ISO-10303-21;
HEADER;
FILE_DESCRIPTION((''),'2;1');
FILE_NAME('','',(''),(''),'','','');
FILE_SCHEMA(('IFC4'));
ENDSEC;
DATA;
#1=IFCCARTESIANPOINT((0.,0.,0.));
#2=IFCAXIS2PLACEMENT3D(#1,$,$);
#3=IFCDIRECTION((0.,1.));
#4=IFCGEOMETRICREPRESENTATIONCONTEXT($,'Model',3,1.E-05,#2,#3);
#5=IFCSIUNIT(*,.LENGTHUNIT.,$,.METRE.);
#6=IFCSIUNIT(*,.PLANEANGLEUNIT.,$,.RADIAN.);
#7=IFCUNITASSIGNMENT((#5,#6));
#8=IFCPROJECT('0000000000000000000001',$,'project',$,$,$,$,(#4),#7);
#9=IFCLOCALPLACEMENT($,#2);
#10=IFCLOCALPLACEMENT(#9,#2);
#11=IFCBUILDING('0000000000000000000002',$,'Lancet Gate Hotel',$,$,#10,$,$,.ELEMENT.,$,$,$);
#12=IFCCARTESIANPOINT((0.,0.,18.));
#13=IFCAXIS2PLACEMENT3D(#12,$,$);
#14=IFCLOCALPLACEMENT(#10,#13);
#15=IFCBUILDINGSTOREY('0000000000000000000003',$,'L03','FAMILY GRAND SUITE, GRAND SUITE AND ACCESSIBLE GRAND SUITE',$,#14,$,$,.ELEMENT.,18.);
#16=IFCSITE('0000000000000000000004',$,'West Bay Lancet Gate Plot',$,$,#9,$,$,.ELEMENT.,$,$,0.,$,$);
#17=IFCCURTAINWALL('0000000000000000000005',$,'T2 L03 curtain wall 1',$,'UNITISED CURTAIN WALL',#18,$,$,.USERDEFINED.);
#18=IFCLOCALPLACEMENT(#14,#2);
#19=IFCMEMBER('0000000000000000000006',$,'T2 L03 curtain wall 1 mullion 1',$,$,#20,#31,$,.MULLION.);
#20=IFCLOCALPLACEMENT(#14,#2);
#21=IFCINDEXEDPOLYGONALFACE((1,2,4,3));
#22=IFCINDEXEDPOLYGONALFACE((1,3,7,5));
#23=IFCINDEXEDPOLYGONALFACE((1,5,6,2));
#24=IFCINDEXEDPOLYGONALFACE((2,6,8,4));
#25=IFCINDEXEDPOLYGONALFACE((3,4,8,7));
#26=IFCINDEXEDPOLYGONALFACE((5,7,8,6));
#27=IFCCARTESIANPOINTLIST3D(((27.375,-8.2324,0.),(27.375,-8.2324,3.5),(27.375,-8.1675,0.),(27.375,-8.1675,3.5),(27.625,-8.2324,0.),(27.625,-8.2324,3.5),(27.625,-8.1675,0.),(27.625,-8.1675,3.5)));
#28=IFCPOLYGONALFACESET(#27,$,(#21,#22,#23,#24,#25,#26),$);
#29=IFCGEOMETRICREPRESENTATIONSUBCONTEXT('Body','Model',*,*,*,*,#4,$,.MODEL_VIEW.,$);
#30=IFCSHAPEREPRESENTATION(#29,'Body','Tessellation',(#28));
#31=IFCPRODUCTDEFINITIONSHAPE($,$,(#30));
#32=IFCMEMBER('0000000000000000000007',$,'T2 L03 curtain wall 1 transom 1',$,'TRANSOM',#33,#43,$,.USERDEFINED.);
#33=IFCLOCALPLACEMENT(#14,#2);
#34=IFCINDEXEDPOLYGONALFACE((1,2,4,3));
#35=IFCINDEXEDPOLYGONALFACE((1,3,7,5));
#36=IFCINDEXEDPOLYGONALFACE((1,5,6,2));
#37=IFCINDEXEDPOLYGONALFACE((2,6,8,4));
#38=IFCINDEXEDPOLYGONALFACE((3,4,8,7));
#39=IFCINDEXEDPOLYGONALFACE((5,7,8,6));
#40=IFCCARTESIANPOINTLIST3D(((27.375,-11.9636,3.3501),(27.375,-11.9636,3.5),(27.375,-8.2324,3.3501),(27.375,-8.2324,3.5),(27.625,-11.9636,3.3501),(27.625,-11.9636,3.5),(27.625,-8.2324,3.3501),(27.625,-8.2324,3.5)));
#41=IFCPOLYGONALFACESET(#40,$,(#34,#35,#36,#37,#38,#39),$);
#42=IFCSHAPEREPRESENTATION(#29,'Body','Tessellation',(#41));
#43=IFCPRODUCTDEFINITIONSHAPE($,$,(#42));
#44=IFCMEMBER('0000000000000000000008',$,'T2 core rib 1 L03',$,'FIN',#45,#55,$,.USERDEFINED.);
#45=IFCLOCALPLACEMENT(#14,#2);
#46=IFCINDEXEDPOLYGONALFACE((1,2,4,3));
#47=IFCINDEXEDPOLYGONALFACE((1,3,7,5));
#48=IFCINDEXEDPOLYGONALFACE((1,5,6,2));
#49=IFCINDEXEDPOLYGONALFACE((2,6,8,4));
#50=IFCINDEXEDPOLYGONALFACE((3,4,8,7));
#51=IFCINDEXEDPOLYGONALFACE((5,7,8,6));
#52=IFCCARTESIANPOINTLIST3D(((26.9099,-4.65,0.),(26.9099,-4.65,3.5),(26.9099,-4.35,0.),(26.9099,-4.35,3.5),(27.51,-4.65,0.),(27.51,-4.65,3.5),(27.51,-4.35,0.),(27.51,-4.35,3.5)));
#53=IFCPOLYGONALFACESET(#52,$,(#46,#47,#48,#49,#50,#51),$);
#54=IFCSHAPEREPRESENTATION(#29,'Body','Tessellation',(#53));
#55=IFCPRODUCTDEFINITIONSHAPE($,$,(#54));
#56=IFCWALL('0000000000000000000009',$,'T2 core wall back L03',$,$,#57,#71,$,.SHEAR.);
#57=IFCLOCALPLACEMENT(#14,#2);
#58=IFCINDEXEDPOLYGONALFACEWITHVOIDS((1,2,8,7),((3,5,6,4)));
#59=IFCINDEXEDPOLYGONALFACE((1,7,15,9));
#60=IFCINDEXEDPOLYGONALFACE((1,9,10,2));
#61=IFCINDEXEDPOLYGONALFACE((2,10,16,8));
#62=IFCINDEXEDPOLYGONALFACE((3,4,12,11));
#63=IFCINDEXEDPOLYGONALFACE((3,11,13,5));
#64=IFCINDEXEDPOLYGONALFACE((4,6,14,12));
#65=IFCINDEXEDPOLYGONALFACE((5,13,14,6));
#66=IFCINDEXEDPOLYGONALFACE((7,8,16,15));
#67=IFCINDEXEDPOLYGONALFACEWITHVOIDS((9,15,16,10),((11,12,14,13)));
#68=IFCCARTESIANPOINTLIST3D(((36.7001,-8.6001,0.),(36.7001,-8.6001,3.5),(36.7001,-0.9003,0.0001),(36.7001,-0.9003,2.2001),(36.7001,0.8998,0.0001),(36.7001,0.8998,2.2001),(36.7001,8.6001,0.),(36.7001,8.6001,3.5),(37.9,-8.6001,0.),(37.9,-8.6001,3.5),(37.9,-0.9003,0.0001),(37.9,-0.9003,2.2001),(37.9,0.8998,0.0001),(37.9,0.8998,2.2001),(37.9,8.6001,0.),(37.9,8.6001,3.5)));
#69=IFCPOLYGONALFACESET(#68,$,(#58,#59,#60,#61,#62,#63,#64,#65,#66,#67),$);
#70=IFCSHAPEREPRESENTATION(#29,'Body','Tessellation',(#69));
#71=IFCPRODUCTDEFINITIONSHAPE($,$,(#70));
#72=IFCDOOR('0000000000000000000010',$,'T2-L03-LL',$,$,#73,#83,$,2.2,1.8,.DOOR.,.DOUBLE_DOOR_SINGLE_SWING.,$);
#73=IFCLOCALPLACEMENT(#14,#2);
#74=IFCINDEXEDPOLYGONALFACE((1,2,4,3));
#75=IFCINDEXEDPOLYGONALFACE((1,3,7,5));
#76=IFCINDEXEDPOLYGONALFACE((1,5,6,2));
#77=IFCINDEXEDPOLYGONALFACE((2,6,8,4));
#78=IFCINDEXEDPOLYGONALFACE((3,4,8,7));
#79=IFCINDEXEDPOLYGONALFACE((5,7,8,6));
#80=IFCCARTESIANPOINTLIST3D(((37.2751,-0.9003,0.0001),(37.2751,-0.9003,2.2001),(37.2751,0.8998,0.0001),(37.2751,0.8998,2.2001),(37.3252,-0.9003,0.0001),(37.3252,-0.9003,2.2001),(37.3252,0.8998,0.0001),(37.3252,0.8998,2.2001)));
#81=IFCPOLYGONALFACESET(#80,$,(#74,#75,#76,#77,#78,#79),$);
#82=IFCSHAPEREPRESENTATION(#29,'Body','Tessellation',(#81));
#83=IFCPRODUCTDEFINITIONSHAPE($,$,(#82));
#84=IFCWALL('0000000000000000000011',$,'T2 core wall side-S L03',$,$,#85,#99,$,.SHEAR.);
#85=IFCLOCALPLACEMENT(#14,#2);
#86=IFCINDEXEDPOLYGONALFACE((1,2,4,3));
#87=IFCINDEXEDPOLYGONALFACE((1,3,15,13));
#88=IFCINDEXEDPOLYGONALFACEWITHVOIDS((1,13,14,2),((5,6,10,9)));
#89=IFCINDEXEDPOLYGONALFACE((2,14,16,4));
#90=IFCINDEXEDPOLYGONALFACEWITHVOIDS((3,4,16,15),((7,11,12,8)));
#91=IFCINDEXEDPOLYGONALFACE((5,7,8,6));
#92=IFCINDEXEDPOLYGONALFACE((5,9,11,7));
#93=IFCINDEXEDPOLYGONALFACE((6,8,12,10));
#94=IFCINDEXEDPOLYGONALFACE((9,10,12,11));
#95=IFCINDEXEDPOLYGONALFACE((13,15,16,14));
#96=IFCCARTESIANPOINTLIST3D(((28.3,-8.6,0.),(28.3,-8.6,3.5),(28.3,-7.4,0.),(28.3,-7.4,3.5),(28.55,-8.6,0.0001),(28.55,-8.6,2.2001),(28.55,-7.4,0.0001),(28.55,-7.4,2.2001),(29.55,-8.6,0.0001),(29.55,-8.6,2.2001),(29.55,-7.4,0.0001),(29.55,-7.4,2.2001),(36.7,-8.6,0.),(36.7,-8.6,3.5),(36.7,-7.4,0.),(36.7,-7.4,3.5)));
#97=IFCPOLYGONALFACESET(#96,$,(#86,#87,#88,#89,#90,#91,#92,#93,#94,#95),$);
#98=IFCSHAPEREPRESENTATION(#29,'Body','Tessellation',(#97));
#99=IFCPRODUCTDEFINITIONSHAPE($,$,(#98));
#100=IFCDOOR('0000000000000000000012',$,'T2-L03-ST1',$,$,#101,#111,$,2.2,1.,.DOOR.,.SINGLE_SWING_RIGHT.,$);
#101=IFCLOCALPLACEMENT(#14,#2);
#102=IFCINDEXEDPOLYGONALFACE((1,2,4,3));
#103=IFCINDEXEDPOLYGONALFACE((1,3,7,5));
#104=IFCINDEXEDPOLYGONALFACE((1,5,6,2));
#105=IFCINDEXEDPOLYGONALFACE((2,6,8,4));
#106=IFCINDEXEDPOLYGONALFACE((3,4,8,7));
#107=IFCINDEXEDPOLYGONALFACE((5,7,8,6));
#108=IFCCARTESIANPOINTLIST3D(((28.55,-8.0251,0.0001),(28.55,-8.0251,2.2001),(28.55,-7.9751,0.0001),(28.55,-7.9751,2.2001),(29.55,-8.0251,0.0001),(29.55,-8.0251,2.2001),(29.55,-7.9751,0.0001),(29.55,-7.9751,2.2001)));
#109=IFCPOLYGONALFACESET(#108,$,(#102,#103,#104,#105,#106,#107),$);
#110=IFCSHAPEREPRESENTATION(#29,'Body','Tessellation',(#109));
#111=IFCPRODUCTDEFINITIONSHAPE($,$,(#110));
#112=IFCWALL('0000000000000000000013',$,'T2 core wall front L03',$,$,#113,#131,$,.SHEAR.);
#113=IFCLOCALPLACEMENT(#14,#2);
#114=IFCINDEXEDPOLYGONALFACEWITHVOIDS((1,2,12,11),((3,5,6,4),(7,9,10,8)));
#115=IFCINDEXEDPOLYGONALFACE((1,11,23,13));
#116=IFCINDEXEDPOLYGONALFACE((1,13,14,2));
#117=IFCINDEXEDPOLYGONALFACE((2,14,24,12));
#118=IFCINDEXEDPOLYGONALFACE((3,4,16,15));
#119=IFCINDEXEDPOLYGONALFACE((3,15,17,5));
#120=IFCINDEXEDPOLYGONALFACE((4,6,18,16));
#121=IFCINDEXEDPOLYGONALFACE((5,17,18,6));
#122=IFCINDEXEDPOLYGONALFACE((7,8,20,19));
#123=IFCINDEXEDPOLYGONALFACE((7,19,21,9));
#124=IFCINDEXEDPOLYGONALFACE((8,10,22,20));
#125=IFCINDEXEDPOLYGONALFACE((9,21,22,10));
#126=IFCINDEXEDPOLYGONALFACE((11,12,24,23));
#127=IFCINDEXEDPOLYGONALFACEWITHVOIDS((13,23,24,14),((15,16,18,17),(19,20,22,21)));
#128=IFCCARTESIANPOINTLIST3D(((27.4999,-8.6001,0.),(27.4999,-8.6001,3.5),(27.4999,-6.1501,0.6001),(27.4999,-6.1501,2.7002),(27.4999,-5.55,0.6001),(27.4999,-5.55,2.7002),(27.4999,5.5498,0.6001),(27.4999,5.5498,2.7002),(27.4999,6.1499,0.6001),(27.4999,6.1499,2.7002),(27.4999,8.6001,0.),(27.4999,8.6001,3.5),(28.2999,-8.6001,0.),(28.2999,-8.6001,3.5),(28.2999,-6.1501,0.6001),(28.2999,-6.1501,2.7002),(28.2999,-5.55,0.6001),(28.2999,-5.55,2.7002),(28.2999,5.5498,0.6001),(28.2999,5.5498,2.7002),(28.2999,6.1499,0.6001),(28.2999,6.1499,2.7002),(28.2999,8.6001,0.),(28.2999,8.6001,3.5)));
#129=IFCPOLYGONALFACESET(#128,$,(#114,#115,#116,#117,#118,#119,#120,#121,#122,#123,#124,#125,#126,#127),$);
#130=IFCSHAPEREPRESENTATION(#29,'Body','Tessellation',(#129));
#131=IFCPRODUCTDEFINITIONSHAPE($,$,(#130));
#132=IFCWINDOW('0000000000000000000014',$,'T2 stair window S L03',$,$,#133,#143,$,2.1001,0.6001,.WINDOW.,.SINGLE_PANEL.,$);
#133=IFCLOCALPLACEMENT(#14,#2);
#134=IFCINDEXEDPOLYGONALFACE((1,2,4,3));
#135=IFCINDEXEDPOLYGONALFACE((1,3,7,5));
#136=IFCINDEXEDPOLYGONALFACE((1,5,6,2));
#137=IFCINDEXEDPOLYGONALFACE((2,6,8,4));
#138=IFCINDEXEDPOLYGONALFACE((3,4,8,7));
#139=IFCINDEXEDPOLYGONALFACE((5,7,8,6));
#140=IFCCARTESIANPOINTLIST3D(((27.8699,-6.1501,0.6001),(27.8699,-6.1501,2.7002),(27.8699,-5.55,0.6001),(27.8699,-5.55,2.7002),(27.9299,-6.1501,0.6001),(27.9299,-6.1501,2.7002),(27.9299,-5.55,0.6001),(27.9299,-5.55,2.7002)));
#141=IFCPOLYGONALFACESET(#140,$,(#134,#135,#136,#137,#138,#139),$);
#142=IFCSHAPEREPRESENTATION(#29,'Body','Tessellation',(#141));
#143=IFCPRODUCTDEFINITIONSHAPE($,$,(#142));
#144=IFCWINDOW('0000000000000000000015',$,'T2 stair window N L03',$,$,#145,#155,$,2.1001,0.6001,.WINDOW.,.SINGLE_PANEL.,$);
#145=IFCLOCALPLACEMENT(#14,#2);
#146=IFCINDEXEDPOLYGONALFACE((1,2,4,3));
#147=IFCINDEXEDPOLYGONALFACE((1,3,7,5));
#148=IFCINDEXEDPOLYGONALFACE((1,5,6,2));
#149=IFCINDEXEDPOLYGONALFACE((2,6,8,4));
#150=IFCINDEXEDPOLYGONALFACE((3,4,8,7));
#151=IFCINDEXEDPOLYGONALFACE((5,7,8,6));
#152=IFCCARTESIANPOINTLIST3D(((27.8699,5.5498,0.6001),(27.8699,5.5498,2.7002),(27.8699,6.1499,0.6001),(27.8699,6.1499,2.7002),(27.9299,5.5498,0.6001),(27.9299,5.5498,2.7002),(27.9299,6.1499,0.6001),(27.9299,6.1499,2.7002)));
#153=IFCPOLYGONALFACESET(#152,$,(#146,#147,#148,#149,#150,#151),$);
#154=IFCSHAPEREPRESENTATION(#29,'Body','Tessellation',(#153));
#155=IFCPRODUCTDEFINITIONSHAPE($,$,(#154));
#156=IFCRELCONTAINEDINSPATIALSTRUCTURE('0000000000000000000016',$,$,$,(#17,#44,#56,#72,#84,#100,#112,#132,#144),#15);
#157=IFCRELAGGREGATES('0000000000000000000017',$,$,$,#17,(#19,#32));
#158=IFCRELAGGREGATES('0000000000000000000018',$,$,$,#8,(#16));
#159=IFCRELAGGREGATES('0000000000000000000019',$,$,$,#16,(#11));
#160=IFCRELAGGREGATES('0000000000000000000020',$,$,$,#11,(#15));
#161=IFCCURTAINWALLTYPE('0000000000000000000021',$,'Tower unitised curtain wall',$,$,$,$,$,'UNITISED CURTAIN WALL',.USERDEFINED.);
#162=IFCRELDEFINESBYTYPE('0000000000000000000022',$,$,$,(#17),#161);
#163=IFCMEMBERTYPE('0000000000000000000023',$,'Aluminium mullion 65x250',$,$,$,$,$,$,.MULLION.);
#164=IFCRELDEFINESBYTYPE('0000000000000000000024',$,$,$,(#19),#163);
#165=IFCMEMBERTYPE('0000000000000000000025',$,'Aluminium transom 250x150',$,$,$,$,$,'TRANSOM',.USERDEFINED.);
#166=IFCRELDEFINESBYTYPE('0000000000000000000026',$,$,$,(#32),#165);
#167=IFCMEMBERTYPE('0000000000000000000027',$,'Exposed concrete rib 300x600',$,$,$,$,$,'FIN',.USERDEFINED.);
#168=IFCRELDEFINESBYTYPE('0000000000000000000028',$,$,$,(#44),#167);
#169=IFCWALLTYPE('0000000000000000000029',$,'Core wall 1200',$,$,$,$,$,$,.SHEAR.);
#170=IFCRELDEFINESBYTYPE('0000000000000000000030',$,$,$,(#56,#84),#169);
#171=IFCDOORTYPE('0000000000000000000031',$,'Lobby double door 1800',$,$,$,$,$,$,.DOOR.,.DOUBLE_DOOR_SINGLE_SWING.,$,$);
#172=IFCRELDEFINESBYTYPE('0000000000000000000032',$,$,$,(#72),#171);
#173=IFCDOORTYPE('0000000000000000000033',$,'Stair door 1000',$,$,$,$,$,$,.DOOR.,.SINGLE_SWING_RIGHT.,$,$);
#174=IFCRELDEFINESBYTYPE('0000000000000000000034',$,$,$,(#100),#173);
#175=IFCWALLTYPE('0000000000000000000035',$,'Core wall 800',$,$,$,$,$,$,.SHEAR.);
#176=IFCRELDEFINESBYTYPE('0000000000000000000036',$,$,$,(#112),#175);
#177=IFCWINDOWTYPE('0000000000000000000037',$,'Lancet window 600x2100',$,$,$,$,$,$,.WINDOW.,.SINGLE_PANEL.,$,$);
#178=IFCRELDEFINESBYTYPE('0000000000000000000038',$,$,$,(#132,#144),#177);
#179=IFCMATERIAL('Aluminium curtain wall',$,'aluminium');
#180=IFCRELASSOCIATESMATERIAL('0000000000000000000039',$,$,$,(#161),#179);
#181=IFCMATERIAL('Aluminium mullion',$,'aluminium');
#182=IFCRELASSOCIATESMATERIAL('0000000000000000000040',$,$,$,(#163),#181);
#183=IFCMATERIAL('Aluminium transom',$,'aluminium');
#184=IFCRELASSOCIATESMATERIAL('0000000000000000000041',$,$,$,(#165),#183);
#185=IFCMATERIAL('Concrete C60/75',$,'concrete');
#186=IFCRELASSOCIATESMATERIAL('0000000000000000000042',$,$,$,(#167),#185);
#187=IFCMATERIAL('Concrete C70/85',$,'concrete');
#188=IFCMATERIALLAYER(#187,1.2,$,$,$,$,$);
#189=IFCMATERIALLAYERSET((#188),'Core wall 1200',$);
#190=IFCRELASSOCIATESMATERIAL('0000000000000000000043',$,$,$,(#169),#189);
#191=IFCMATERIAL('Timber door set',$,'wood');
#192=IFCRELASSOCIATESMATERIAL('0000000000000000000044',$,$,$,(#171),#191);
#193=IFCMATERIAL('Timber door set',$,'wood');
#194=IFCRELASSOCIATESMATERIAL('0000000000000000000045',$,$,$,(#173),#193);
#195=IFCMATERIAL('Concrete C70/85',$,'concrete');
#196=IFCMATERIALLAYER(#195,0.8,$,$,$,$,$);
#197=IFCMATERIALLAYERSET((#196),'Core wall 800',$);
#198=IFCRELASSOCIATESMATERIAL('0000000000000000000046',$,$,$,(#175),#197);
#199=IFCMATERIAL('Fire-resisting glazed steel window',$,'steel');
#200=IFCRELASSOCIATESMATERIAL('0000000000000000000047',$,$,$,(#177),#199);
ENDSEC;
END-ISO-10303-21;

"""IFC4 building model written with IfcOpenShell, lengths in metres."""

from ifc_helpers import new_model, si_unit, direction, frame, frame_2d, origin, origin_2d, place, context, subcontext, project, spatial, rectangle, extrude, material, layer, layer_set, material_profile, profile_set, type_object, element, fill, aggregate, save


model = new_model("IFC4")

# Units and contexts
model_context = context("Model", 3, precision=1e-05, world=origin(), true_north=direction((0.0, 1.0)))
body_context = subcontext(model_context, "Body", "Model", "MODEL_VIEW")
ifc_project = project(units=[si_unit("LENGTHUNIT", "METRE"), si_unit("PLANEANGLEUNIT", "RADIAN")], contexts=[model_context])

# Site, building, storey
site_placement = place(None, origin())
site = spatial("IfcSite", under=ifc_project, at=site_placement, Name="West Bay Lancet Gate Plot", CompositionType="ELEMENT", RefElevation=0.0)
building_placement = place(site_placement, origin())
building = spatial("IfcBuilding", under=site, at=building_placement, Name="Lancet Gate Hotel", CompositionType="ELEMENT")
storey_placement = place(building_placement, frame((0.0, 0.0, 18.0)))
storey = spatial("IfcBuildingStorey", under=building, at=storey_placement, Name="L03", Description="FAMILY GRAND SUITE, GRAND SUITE AND ACCESSIBLE GRAND SUITE", CompositionType="ELEMENT", Elevation=18.0)

# Curtain wall, members
ifc_material_1 = material(Name="Aluminium curtain wall", Category="aluminium")
curtain_wall_type = type_object("IfcCurtainWallType", Name="Tower unitised curtain wall", ElementType="UNITISED CURTAIN WALL", PredefinedType="USERDEFINED", material=ifc_material_1)
curtain_wall_placement = place(storey_placement, origin())
curtain_wall = element("IfcCurtainWall", 1, at=curtain_wall_placement, inside=storey, type_object=curtain_wall_type, Name="T2 L03 curtain wall 1", ObjectType="UNITISED CURTAIN WALL", PredefinedType="USERDEFINED")
ifc_material_2 = material(Name="Aluminium mullion", Category="aluminium")
ifc_material_profile_1 = material_profile(ifc_material_2, rectangle(XDim=0.0649, YDim=0.25, at=origin_2d()), Name="MULLION 65x250")
ifc_profile_set_1 = profile_set([ifc_material_profile_1], Name="Aluminium mullion")
member_type_1 = type_object("IfcMemberType", Name="Aluminium mullion 65x250", PredefinedType="MULLION", material=ifc_profile_set_1)
member_1_placement = place(storey_placement, frame((27.5, -8.2, 0.0), z_axis=(0.0, 0.0, 1.0), x_axis=(0.0, -1.0, 0.0)))
member_1 = element("IfcMember", 2, at=member_1_placement, type_object=member_type_1, Name="T2 L03 curtain wall 1 mullion 1", PredefinedType="MULLION", context=body_context, shape_type="SweptSolid", body=[
    extrude(rectangle(XDim=0.0649, YDim=0.25, at=origin_2d()), origin(), (0.0, 0.0, 1.0), 3.5),
])
ifc_material_3 = material(Name="Aluminium transom", Category="aluminium")
ifc_material_profile_2 = material_profile(ifc_material_3, rectangle(XDim=0.25, YDim=0.1499, at=origin_2d()), Name="TRANSOM 250x150")
ifc_profile_set_2 = profile_set([ifc_material_profile_2], Name="Aluminium transom")
member_type_2 = type_object("IfcMemberType", Name="Aluminium transom 250x150", ElementType="TRANSOM", PredefinedType="USERDEFINED", material=ifc_profile_set_2)
member_2_placement = place(storey_placement, frame((27.5, -8.2324, 3.425), z_axis=(0.0, -1.0, 0.0), x_axis=(1.0, 0.0, 0.0)))
member_2 = element("IfcMember", 3, at=member_2_placement, type_object=member_type_2, Name="T2 L03 curtain wall 1 transom 1", ObjectType="TRANSOM", PredefinedType="USERDEFINED", context=body_context, shape_type="SweptSolid", body=[
    extrude(rectangle(XDim=0.25, YDim=0.1499, at=origin_2d()), origin(), (0.0, 0.0, 1.0), 3.7312),
])
aggregate(curtain_wall, [member_1, member_2])

# Member
ifc_material_4 = material(Name="Concrete C60/75", Category="concrete")
ifc_material_profile_3 = material_profile(ifc_material_4, rectangle(XDim=0.3, YDim=0.6001, at=origin_2d()), Name="FIN 300x600")
ifc_profile_set_3 = profile_set([ifc_material_profile_3], Name="Concrete C60/75")
member_type_3 = type_object("IfcMemberType", Name="Exposed concrete rib 300x600", ElementType="FIN", PredefinedType="USERDEFINED", material=ifc_profile_set_3)
member_3_placement = place(storey_placement, frame((27.21, -4.5, 0.0), z_axis=(0.0, 0.0, 1.0), x_axis=(0.0, 1.0, 0.0)))
element("IfcMember", 4, at=member_3_placement, inside=storey, type_object=member_type_3, Name="T2 core rib 1 L03", ObjectType="FIN", PredefinedType="USERDEFINED", context=body_context, shape_type="SweptSolid", body=[
    extrude(rectangle(XDim=0.3, YDim=0.6001, at=origin_2d()), origin(), (0.0, 0.0, 1.0), 3.5),
])

# Walls, openings, doors
ifc_material_5 = material(Name="Concrete C70/85", Category="concrete")
ifc_layer_1 = layer(ifc_material_5, 1.2)
ifc_layer_set_1 = layer_set([ifc_layer_1], Name="Core wall 1200")
wall_type_1 = type_object("IfcWallType", Name="Core wall 1200", PredefinedType="SHEAR", material=ifc_layer_set_1)
wall_1_placement = place(storey_placement, frame((37.3, -8.6001, 0.0), z_axis=(0.0, 0.0, 1.0), x_axis=(0.0, 1.0, 0.0)))
wall_1 = element("IfcWall", 5, at=wall_1_placement, inside=storey, type_object=wall_type_1, Name="T2 core wall back L03", PredefinedType="SHEAR", context=body_context, shape_type="SweptSolid", body=[
    extrude(rectangle(XDim=17.2002, YDim=1.2, at=frame_2d((8.6001, 0.0))), origin(), (0.0, 0.0, 1.0), 3.5),
])
opening_1_placement = place(wall_1_placement, frame((7.7, 0.0, 0.0)))
opening_1 = element("IfcOpeningElement", 6, at=opening_1_placement, cuts=wall_1, PredefinedType="OPENING", context=body_context, shape_type="SweptSolid", body=[
    extrude(rectangle(XDim=1.8, YDim=2.2, at=frame_2d((0.8999, 1.1001))), frame((0.0, 0.6099, 0.0), z_axis=(0.0, -1.0, 0.0), x_axis=(1.0, 0.0, 0.0)), (0.0, 0.0, 1.0), 1.22),
])
ifc_material_6 = material(Name="Timber door set", Category="wood")
door_type_1 = type_object("IfcDoorType", Name="Lobby double door 1800", OperationType="DOUBLE_DOOR_SINGLE_SWING", PredefinedType="DOOR", material=ifc_material_6)
door_1_placement = place(opening_1_placement, origin())
door_1 = element("IfcDoor", 7, at=door_1_placement, inside=storey, type_object=door_type_1, Name="T2-L03-LL", OperationType="DOUBLE_DOOR_SINGLE_SWING", OverallHeight=2.2, OverallWidth=1.8, PredefinedType="DOOR", context=body_context, shape_type="SweptSolid", body=[
    extrude(rectangle(XDim=1.8, YDim=2.2, at=frame_2d((0.8999, 1.1001))), frame((0.0, 0.0249, 0.0), z_axis=(0.0, -1.0, 0.0), x_axis=(1.0, 0.0, 0.0)), (0.0, 0.0, 1.0), 0.05),
])
fill(opening_1, door_1)
wall_2_placement = place(storey_placement, frame((28.3, -8.0, 0.0), z_axis=(0.0, 0.0, 1.0), x_axis=(1.0, 0.0, 0.0)))
wall_2 = element("IfcWall", 8, at=wall_2_placement, inside=storey, type_object=wall_type_1, Name="T2 core wall side-S L03", PredefinedType="SHEAR", context=body_context, shape_type="SweptSolid", body=[
    extrude(rectangle(XDim=8.3999, YDim=1.2, at=frame_2d((4.2, 0.0))), origin(), (0.0, 0.0, 1.0), 3.5),
])
opening_2_placement = place(wall_2_placement, frame((0.25, 0.0, 0.0)))
opening_2 = element("IfcOpeningElement", 9, at=opening_2_placement, cuts=wall_2, PredefinedType="OPENING", context=body_context, shape_type="SweptSolid", body=[
    extrude(rectangle(XDim=1.0, YDim=2.2, at=frame_2d((0.5, 1.1001))), frame((0.0, 0.6099, 0.0), z_axis=(0.0, -1.0, 0.0), x_axis=(1.0, 0.0, 0.0)), (0.0, 0.0, 1.0), 1.22),
])
ifc_material_7 = material(Name="Timber door set", Category="wood")
door_type_2 = type_object("IfcDoorType", Name="Stair door 1000", OperationType="SINGLE_SWING_RIGHT", PredefinedType="DOOR", material=ifc_material_7)
door_2_placement = place(opening_2_placement, origin())
door_2 = element("IfcDoor", 10, at=door_2_placement, inside=storey, type_object=door_type_2, Name="T2-L03-ST1", OperationType="SINGLE_SWING_RIGHT", OverallHeight=2.2, OverallWidth=1.0, PredefinedType="DOOR", context=body_context, shape_type="SweptSolid", body=[
    extrude(rectangle(XDim=1.0, YDim=2.2, at=frame_2d((0.5, 1.1001))), frame((0.0, 0.0249, 0.0), z_axis=(0.0, -1.0, 0.0), x_axis=(1.0, 0.0, 0.0)), (0.0, 0.0, 1.0), 0.05),
])
fill(opening_2, door_2)

# Wall, openings, windows
ifc_material_8 = material(Name="Concrete C70/85", Category="concrete")
ifc_layer_2 = layer(ifc_material_8, 0.8)
ifc_layer_set_2 = layer_set([ifc_layer_2], Name="Core wall 800")
wall_type_2 = type_object("IfcWallType", Name="Core wall 800", PredefinedType="SHEAR", material=ifc_layer_set_2)
wall_3_placement = place(storey_placement, frame((27.8999, -8.6001, 0.0), z_axis=(0.0, 0.0, 1.0), x_axis=(0.0, 1.0, 0.0)))
wall_3 = element("IfcWall", 11, at=wall_3_placement, inside=storey, type_object=wall_type_2, Name="T2 core wall front L03", PredefinedType="SHEAR", context=body_context, shape_type="SweptSolid", body=[
    extrude(rectangle(XDim=17.2002, YDim=0.8, at=frame_2d((8.6001, 0.0))), origin(), (0.0, 0.0, 1.0), 3.5),
])
opening_3_placement = place(wall_3_placement, frame((2.45, 0.0, 0.6001)))
opening_3 = element("IfcOpeningElement", 12, at=opening_3_placement, cuts=wall_3, PredefinedType="OPENING", context=body_context, shape_type="SweptSolid", body=[
    extrude(rectangle(XDim=0.6001, YDim=2.1001, at=frame_2d((0.3, 1.05))), frame((0.0, 0.4099, 0.0), z_axis=(0.0, -1.0, 0.0), x_axis=(1.0, 0.0, 0.0)), (0.0, 0.0, 1.0), 0.8201),
])
opening_4_placement = place(wall_3_placement, frame((14.1499, 0.0, 0.6001)))
opening_4 = element("IfcOpeningElement", 13, at=opening_4_placement, cuts=wall_3, PredefinedType="OPENING", context=body_context, shape_type="SweptSolid", body=[
    extrude(rectangle(XDim=0.6001, YDim=2.1001, at=frame_2d((0.3, 1.05))), frame((0.0, 0.4099, 0.0), z_axis=(0.0, -1.0, 0.0), x_axis=(1.0, 0.0, 0.0)), (0.0, 0.0, 1.0), 0.8201),
])
ifc_material_9 = material(Name="Fire-resisting glazed steel window", Category="steel")
window_type = type_object("IfcWindowType", Name="Lancet window 600x2100", PartitioningType="SINGLE_PANEL", PredefinedType="WINDOW", material=ifc_material_9)
window_1_placement = place(opening_3_placement, origin())
window_1 = element("IfcWindow", 14, at=window_1_placement, inside=storey, type_object=window_type, Name="T2 stair window S L03", OverallHeight=2.1001, OverallWidth=0.6001, PartitioningType="SINGLE_PANEL", PredefinedType="WINDOW", context=body_context, shape_type="SweptSolid", body=[
    extrude(rectangle(XDim=0.6001, YDim=2.1001, at=frame_2d((0.3, 1.05))), frame((0.0, 0.03, 0.0), z_axis=(0.0, -1.0, 0.0), x_axis=(1.0, 0.0, 0.0)), (0.0, 0.0, 1.0), 0.0601),
])
fill(opening_3, window_1)
window_2_placement = place(opening_4_placement, origin())
window_2 = element("IfcWindow", 15, at=window_2_placement, inside=storey, type_object=window_type, Name="T2 stair window N L03", OverallHeight=2.1001, OverallWidth=0.6001, PartitioningType="SINGLE_PANEL", PredefinedType="WINDOW", context=body_context, shape_type="SweptSolid", body=[
    extrude(rectangle(XDim=0.6001, YDim=2.1001, at=frame_2d((0.3, 1.05))), frame((0.0, 0.03, 0.0), z_axis=(0.0, -1.0, 0.0), x_axis=(1.0, 0.0, 0.0)), (0.0, 0.0, 1.0), 0.0601),
])
fill(opening_4, window_2)

save(model, "model.ifc")
